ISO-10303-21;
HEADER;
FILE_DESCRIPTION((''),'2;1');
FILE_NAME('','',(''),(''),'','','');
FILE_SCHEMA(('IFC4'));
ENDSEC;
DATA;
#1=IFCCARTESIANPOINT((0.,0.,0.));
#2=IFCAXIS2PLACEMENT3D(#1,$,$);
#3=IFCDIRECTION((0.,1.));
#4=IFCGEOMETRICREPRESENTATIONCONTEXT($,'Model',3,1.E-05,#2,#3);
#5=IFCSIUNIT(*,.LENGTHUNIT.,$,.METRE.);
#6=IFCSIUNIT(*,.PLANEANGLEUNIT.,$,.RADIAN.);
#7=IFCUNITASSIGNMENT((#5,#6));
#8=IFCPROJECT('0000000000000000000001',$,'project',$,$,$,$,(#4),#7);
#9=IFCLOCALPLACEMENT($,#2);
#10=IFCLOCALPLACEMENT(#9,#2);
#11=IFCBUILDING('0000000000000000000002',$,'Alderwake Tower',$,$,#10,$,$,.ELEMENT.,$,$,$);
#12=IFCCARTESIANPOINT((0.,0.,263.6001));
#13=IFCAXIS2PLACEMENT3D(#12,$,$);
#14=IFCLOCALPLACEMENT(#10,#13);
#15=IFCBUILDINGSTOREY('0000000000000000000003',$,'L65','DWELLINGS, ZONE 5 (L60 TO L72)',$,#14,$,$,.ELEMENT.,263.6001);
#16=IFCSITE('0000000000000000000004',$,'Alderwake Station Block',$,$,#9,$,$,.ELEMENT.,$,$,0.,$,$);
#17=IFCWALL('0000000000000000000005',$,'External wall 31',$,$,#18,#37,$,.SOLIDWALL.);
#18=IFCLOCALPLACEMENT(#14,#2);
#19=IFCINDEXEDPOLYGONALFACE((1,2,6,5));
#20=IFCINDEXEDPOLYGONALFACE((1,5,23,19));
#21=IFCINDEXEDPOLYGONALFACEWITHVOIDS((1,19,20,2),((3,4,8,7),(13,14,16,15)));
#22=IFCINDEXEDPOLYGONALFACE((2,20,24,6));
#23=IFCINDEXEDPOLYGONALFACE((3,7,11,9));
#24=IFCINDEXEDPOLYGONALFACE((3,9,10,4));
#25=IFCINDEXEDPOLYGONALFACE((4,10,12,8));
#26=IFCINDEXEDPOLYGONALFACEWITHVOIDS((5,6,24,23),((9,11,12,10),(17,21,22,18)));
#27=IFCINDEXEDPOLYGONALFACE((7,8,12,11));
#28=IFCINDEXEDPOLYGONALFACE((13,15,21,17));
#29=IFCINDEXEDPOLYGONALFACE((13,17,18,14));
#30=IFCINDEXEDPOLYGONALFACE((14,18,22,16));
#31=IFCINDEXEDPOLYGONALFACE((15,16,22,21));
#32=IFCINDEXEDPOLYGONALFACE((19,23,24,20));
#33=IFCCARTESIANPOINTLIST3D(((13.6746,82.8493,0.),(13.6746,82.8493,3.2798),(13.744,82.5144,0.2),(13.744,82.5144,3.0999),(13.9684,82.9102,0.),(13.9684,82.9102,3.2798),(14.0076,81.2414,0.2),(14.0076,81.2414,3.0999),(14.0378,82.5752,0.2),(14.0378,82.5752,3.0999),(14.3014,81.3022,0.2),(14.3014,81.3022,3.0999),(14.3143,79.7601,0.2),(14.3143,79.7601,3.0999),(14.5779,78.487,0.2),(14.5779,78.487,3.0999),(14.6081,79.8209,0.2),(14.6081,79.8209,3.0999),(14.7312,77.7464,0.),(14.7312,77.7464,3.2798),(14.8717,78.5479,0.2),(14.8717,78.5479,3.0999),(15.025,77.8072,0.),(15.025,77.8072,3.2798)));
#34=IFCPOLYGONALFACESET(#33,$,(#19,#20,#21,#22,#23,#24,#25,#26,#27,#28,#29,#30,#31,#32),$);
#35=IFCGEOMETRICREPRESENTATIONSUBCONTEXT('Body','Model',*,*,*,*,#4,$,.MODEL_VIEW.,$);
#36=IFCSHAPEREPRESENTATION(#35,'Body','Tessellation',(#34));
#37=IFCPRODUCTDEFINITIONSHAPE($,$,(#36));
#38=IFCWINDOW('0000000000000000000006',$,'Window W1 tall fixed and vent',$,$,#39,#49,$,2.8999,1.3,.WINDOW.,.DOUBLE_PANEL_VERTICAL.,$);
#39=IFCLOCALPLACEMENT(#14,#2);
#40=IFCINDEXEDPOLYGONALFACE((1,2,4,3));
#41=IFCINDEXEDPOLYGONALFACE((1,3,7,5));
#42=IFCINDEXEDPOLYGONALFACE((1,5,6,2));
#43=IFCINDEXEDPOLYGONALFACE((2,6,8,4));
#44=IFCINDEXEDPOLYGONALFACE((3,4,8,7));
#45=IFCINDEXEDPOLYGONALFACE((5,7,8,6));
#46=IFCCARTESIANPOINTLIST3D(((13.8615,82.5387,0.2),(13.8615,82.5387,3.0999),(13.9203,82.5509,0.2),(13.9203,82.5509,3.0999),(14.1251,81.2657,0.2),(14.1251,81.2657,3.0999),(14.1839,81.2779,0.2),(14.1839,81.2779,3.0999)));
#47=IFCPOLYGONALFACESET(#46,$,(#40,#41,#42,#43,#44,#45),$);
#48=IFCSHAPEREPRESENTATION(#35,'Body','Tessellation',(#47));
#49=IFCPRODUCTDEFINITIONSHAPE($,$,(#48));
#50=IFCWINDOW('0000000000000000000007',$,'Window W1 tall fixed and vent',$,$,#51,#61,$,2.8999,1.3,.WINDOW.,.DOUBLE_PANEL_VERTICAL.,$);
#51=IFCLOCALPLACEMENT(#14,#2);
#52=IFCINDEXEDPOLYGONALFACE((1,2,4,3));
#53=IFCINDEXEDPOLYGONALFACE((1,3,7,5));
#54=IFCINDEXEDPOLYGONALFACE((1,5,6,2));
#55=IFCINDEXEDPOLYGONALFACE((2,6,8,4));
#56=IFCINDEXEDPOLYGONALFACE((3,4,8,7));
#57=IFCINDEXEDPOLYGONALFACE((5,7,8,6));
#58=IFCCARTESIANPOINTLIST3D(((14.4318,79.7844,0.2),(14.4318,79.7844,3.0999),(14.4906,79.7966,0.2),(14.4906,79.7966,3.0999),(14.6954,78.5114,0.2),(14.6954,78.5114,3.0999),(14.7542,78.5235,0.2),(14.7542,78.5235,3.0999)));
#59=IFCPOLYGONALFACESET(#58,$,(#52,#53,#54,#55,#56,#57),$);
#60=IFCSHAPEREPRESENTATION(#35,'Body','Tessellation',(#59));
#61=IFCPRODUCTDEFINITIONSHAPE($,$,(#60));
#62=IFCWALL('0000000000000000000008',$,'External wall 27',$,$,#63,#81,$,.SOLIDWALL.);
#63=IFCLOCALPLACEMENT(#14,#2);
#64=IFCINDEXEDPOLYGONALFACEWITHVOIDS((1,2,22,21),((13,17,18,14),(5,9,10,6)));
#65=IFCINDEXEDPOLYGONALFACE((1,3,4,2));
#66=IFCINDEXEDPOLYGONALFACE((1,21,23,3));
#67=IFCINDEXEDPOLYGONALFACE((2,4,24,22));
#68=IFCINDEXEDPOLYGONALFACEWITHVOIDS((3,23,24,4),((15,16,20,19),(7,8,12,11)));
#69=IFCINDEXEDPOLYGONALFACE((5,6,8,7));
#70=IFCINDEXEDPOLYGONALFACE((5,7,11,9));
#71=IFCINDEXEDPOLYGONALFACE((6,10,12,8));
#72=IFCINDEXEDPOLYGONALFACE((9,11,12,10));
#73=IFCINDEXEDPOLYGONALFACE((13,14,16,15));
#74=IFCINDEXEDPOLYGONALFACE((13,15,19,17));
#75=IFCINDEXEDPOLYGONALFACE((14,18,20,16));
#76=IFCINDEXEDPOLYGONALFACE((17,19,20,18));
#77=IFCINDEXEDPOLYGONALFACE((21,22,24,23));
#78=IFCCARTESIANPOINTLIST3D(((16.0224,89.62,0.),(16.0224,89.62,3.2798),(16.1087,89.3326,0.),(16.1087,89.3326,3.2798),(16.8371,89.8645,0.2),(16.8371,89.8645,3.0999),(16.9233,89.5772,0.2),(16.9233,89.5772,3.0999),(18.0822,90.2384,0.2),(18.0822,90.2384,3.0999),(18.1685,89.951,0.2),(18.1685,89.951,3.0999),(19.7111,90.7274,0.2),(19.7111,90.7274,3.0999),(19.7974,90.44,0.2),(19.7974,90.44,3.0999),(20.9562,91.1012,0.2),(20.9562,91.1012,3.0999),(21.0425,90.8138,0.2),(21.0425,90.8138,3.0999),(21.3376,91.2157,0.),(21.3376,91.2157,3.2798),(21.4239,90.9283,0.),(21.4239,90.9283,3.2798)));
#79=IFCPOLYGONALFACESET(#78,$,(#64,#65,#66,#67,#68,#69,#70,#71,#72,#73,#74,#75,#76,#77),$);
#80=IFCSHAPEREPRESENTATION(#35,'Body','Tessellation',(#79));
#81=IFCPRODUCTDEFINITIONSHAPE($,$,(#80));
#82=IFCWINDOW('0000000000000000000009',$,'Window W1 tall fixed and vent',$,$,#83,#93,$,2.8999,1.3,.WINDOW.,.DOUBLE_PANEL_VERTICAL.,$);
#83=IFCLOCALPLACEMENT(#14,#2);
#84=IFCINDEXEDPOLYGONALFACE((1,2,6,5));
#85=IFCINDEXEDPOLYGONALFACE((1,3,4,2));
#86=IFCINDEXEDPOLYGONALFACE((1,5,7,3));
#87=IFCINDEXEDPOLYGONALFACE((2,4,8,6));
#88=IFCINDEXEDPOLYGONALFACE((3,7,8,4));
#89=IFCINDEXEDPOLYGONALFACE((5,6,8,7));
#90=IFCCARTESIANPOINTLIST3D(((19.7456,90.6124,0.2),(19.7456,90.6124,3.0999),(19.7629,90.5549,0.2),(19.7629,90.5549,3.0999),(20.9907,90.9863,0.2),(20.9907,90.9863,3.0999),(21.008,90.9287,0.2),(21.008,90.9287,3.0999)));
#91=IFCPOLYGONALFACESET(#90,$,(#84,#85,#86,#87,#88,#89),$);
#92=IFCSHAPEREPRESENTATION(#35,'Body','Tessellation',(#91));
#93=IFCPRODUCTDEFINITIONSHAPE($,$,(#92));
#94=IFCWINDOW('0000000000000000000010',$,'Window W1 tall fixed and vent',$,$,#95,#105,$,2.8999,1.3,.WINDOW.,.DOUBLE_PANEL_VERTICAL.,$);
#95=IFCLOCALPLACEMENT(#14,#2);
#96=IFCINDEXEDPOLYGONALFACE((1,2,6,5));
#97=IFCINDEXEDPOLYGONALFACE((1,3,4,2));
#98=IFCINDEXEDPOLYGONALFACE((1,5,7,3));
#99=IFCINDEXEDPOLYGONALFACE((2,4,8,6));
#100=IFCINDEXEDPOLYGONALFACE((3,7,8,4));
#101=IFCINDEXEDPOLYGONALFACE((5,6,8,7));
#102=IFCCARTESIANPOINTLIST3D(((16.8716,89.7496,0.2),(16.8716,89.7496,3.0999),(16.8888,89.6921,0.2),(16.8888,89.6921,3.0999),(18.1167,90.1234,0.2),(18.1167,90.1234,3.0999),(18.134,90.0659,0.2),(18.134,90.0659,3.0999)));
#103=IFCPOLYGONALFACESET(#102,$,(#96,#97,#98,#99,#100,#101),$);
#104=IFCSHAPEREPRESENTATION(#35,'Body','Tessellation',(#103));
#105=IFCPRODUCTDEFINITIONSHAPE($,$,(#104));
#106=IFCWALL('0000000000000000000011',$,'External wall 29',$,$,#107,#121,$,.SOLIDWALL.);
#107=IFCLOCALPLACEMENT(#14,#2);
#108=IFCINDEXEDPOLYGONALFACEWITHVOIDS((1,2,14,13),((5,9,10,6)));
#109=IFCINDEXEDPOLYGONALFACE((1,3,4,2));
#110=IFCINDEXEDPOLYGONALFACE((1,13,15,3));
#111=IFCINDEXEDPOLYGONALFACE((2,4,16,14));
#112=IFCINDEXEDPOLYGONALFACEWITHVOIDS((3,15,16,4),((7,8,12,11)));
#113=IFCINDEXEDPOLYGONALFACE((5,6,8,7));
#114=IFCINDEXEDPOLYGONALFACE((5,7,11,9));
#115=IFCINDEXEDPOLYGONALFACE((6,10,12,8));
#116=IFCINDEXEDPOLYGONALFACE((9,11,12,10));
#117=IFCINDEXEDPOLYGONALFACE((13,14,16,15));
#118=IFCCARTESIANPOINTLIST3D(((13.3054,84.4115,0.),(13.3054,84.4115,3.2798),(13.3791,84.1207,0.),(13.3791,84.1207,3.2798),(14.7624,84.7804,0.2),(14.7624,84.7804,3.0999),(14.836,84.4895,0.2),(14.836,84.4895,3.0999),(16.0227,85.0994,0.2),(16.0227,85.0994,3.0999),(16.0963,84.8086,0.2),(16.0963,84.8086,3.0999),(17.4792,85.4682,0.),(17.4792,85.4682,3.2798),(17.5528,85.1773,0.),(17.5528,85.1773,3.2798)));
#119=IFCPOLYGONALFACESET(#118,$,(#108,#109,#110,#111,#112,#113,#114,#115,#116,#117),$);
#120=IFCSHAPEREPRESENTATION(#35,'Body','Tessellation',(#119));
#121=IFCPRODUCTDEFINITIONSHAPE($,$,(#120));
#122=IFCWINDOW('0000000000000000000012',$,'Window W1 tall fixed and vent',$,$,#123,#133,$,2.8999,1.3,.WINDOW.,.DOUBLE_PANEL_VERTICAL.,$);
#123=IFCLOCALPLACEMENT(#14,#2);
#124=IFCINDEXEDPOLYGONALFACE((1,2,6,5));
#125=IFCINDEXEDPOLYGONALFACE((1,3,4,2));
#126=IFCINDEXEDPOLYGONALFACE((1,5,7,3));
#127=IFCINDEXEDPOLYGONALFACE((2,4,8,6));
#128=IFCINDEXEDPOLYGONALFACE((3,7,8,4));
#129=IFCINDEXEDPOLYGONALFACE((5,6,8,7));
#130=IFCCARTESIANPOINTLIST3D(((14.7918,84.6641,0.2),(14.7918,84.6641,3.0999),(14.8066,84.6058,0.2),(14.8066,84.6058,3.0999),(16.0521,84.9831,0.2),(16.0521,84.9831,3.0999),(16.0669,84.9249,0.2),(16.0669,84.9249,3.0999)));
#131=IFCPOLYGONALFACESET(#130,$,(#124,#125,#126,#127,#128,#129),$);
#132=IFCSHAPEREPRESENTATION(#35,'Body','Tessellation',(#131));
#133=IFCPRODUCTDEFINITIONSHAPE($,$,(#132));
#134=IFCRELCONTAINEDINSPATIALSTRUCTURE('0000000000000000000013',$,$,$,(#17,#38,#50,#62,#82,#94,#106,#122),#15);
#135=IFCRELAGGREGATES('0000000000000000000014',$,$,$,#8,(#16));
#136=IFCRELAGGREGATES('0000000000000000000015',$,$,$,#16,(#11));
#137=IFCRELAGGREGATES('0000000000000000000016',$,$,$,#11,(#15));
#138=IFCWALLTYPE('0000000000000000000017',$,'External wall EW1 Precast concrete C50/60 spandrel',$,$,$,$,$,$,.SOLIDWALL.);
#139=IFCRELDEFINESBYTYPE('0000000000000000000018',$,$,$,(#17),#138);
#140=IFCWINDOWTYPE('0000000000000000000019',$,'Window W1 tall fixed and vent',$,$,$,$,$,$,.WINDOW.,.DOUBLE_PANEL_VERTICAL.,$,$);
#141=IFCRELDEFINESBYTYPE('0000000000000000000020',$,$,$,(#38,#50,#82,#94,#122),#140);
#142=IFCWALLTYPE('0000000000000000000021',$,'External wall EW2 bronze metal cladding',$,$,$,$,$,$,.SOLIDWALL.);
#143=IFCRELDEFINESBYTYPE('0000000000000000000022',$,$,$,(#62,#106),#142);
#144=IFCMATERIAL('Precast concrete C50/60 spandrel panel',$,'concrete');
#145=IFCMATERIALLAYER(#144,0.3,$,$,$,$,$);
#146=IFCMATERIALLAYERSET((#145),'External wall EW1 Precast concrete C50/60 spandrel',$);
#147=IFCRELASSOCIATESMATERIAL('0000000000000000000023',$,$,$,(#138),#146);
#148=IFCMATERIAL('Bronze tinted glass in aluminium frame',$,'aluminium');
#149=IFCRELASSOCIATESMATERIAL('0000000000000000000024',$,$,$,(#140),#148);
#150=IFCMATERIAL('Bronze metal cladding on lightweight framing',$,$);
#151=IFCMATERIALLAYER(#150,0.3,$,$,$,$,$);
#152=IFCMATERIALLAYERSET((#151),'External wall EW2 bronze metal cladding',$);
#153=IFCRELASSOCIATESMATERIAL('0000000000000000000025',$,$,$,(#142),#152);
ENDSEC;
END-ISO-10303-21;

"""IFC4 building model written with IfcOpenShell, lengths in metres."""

from ifc_helpers import new_model, si_unit, direction, frame, frame_2d, origin, place, context, subcontext, project, spatial, rectangle, extrude, material, layer, layer_set, type_object, element, fill, save


model = new_model("IFC4")

# Units and contexts
model_context = context("Model", 3, precision=1e-05, world=origin(), true_north=direction((0.0, 1.0)))
body_context = subcontext(model_context, "Body", "Model", "MODEL_VIEW")
ifc_project = project(units=[si_unit("LENGTHUNIT", "METRE"), si_unit("PLANEANGLEUNIT", "RADIAN")], contexts=[model_context])

# Site, building, storey
site_placement = place(None, origin())
site = spatial("IfcSite", under=ifc_project, at=site_placement, Name="Alderwake Station Block", CompositionType="ELEMENT", RefElevation=0.0)
building_placement = place(site_placement, origin())
building = spatial("IfcBuilding", under=site, at=building_placement, Name="Alderwake Tower", CompositionType="ELEMENT")
storey_placement = place(building_placement, frame((0.0, 0.0, 263.6001)))
storey = spatial("IfcBuildingStorey", under=building, at=storey_placement, Name="L65", Description="DWELLINGS, ZONE 5 (L60 TO L72)", CompositionType="ELEMENT", Elevation=263.6001)

# Shared definitions
ifc_material_1 = material(Name="Precast concrete C50/60 spandrel panel", Category="concrete")
ifc_layer_1 = layer(ifc_material_1, 0.3)
ifc_layer_set_1 = layer_set([ifc_layer_1], Name="External wall EW1 Precast concrete C50/60 spandrel")
wall_type_1 = type_object("IfcWallType", Name="External wall EW1 Precast concrete C50/60 spandrel", PredefinedType="SOLIDWALL", material=ifc_layer_set_1)

# Walls, openings, windows
wall_1_placement = place(storey_placement, frame((13.8215, 82.8796, 0.0), z_axis=(0.0, 0.0, 1.0), x_axis=(0.202761, -0.979228, 0.0)))
wall_1 = element("IfcWall", 1, at=wall_1_placement, inside=storey, type_object=wall_type_1, Name="External wall 31", PredefinedType="SOLIDWALL", context=body_context, shape_type="SweptSolid", body=[
    extrude(rectangle(XDim=5.2112, YDim=0.3, at=frame_2d((2.6055, 0.0))), origin(), (0.0, 0.0, 1.0), 3.2798),
])
opening_1_placement = place(wall_1_placement, frame((0.342, 0.0, 0.2)))
opening_1 = element("IfcOpeningElement", 2, at=opening_1_placement, cuts=wall_1, PredefinedType="OPENING", context=body_context, shape_type="SweptSolid", body=[
    extrude(rectangle(XDim=1.3, YDim=2.8999, at=frame_2d((0.6499, 1.45))), frame((0.0, 0.1599, 0.0), z_axis=(0.0, -1.0, 0.0), x_axis=(1.0, 0.0, 0.0)), (0.0, 0.0, 1.0), 0.3201),
])
opening_2_placement = place(wall_1_placement, frame((3.1548, 0.0, 0.2)))
opening_2 = element("IfcOpeningElement", 3, at=opening_2_placement, cuts=wall_1, PredefinedType="OPENING", context=body_context, shape_type="SweptSolid", body=[
    extrude(rectangle(XDim=1.3, YDim=2.8999, at=frame_2d((0.6499, 1.45))), frame((0.0, 0.1599, 0.0), z_axis=(0.0, -1.0, 0.0), x_axis=(1.0, 0.0, 0.0)), (0.0, 0.0, 1.0), 0.3201),
])
ifc_material_2 = material(Name="Bronze tinted glass in aluminium frame", Category="aluminium")
window_type = type_object("IfcWindowType", Name="Window W1 tall fixed and vent", PartitioningType="DOUBLE_PANEL_VERTICAL", PredefinedType="WINDOW", material=ifc_material_2)
window_1_placement = place(opening_1_placement, origin())
window_1 = element("IfcWindow", 4, at=window_1_placement, inside=storey, type_object=window_type, Name="Window W1 tall fixed and vent", OverallHeight=2.8999, OverallWidth=1.3, PartitioningType="DOUBLE_PANEL_VERTICAL", PredefinedType="WINDOW", context=body_context, shape_type="SweptSolid", body=[
    extrude(rectangle(XDim=1.3, YDim=2.8999, at=frame_2d((0.6499, 1.45))), frame((0.0, 0.03, 0.0), z_axis=(0.0, -1.0, 0.0), x_axis=(1.0, 0.0, 0.0)), (0.0, 0.0, 1.0), 0.0601),
])
fill(opening_1, window_1)
window_2_placement = place(opening_2_placement, origin())
window_2 = element("IfcWindow", 5, at=window_2_placement, inside=storey, type_object=window_type, Name="Window W1 tall fixed and vent", OverallHeight=2.8999, OverallWidth=1.3, PartitioningType="DOUBLE_PANEL_VERTICAL", PredefinedType="WINDOW", context=body_context, shape_type="SweptSolid", body=[
    extrude(rectangle(XDim=1.3, YDim=2.8999, at=frame_2d((0.6499, 1.45))), frame((0.0, 0.03, 0.0), z_axis=(0.0, -1.0, 0.0), x_axis=(1.0, 0.0, 0.0)), (0.0, 0.0, 1.0), 0.0601),
])
fill(opening_2, window_2)
ifc_material_3 = material(Name="Bronze metal cladding on lightweight framing")
ifc_layer_2 = layer(ifc_material_3, 0.3)
ifc_layer_set_2 = layer_set([ifc_layer_2], Name="External wall EW2 bronze metal cladding")
wall_type_2 = type_object("IfcWallType", Name="External wall EW2 bronze metal cladding", PredefinedType="SOLIDWALL", material=ifc_layer_set_2)
wall_2_placement = place(storey_placement, frame((21.3809, 91.072, 0.0), z_axis=(0.0, 0.0, 1.0), x_axis=(-0.957769, -0.287538, 0.0)))
wall_2 = element("IfcWall", 6, at=wall_2_placement, inside=storey, type_object=wall_type_2, Name="External wall 27", PredefinedType="SOLIDWALL", context=body_context, shape_type="SweptSolid", body=[
    extrude(rectangle(XDim=5.5496, YDim=0.3, at=frame_2d((2.7749, 0.0))), origin(), (0.0, 0.0, 1.0), 3.2798),
])
opening_3_placement = place(wall_2_placement, frame((0.3984, 0.0, 0.2)))
opening_3 = element("IfcOpeningElement", 7, at=opening_3_placement, cuts=wall_2, PredefinedType="OPENING", context=body_context, shape_type="SweptSolid", body=[
    extrude(rectangle(XDim=1.3, YDim=2.8999, at=frame_2d((0.6499, 1.45))), frame((0.0, 0.1599, 0.0), z_axis=(0.0, -1.0, 0.0), x_axis=(1.0, 0.0, 0.0)), (0.0, 0.0, 1.0), 0.3201),
])
opening_4_placement = place(wall_2_placement, frame((3.3992, 0.0, 0.2)))
opening_4 = element("IfcOpeningElement", 8, at=opening_4_placement, cuts=wall_2, PredefinedType="OPENING", context=body_context, shape_type="SweptSolid", body=[
    extrude(rectangle(XDim=1.3, YDim=2.8999, at=frame_2d((0.6499, 1.45))), frame((0.0, 0.1599, 0.0), z_axis=(0.0, -1.0, 0.0), x_axis=(1.0, 0.0, 0.0)), (0.0, 0.0, 1.0), 0.3201),
])
window_3_placement = place(opening_3_placement, origin())
window_3 = element("IfcWindow", 9, at=window_3_placement, inside=storey, type_object=window_type, Name="Window W1 tall fixed and vent", OverallHeight=2.8999, OverallWidth=1.3, PartitioningType="DOUBLE_PANEL_VERTICAL", PredefinedType="WINDOW", context=body_context, shape_type="SweptSolid", body=[
    extrude(rectangle(XDim=1.3, YDim=2.8999, at=frame_2d((0.6499, 1.45))), frame((0.0, 0.03, 0.0), z_axis=(0.0, -1.0, 0.0), x_axis=(1.0, 0.0, 0.0)), (0.0, 0.0, 1.0), 0.0601),
])
fill(opening_3, window_3)
window_4_placement = place(opening_4_placement, origin())
window_4 = element("IfcWindow", 10, at=window_4_placement, inside=storey, type_object=window_type, Name="Window W1 tall fixed and vent", OverallHeight=2.8999, OverallWidth=1.3, PartitioningType="DOUBLE_PANEL_VERTICAL", PredefinedType="WINDOW", context=body_context, shape_type="SweptSolid", body=[
    extrude(rectangle(XDim=1.3, YDim=2.8999, at=frame_2d((0.6499, 1.45))), frame((0.0, 0.03, 0.0), z_axis=(0.0, -1.0, 0.0), x_axis=(1.0, 0.0, 0.0)), (0.0, 0.0, 1.0), 0.0601),
])
fill(opening_4, window_4)

# Wall, opening, window
wall_3_placement = place(storey_placement, frame((17.5161, 85.3228, 0.0), z_axis=(0.0, 0.0, 1.0), x_axis=(-0.969418, -0.245416, 0.0)))
wall_3 = element("IfcWall", 11, at=wall_3_placement, inside=storey, type_object=wall_type_2, Name="External wall 29", PredefinedType="SOLIDWALL", context=body_context, shape_type="SweptSolid", body=[
    extrude(rectangle(XDim=4.3054, YDim=0.3, at=frame_2d((2.1528, 0.0))), origin(), (0.0, 0.0, 1.0), 3.2798),
])
opening_5_placement = place(wall_3_placement, frame((1.5027, 0.0, 0.2)))
opening_5 = element("IfcOpeningElement", 12, at=opening_5_placement, cuts=wall_3, PredefinedType="OPENING", context=body_context, shape_type="SweptSolid", body=[
    extrude(rectangle(XDim=1.3, YDim=2.8999, at=frame_2d((0.6499, 1.45))), frame((0.0, 0.1599, 0.0), z_axis=(0.0, -1.0, 0.0), x_axis=(1.0, 0.0, 0.0)), (0.0, 0.0, 1.0), 0.3201),
])
window_5_placement = place(opening_5_placement, origin())
window_5 = element("IfcWindow", 13, at=window_5_placement, inside=storey, type_object=window_type, Name="Window W1 tall fixed and vent", OverallHeight=2.8999, OverallWidth=1.3, PartitioningType="DOUBLE_PANEL_VERTICAL", PredefinedType="WINDOW", context=body_context, shape_type="SweptSolid", body=[
    extrude(rectangle(XDim=1.3, YDim=2.8999, at=frame_2d((0.6499, 1.45))), frame((0.0, 0.03, 0.0), z_axis=(0.0, -1.0, 0.0), x_axis=(1.0, 0.0, 0.0)), (0.0, 0.0, 1.0), 0.0601),
])
fill(opening_5, window_5)

save(model, "model.ifc")
